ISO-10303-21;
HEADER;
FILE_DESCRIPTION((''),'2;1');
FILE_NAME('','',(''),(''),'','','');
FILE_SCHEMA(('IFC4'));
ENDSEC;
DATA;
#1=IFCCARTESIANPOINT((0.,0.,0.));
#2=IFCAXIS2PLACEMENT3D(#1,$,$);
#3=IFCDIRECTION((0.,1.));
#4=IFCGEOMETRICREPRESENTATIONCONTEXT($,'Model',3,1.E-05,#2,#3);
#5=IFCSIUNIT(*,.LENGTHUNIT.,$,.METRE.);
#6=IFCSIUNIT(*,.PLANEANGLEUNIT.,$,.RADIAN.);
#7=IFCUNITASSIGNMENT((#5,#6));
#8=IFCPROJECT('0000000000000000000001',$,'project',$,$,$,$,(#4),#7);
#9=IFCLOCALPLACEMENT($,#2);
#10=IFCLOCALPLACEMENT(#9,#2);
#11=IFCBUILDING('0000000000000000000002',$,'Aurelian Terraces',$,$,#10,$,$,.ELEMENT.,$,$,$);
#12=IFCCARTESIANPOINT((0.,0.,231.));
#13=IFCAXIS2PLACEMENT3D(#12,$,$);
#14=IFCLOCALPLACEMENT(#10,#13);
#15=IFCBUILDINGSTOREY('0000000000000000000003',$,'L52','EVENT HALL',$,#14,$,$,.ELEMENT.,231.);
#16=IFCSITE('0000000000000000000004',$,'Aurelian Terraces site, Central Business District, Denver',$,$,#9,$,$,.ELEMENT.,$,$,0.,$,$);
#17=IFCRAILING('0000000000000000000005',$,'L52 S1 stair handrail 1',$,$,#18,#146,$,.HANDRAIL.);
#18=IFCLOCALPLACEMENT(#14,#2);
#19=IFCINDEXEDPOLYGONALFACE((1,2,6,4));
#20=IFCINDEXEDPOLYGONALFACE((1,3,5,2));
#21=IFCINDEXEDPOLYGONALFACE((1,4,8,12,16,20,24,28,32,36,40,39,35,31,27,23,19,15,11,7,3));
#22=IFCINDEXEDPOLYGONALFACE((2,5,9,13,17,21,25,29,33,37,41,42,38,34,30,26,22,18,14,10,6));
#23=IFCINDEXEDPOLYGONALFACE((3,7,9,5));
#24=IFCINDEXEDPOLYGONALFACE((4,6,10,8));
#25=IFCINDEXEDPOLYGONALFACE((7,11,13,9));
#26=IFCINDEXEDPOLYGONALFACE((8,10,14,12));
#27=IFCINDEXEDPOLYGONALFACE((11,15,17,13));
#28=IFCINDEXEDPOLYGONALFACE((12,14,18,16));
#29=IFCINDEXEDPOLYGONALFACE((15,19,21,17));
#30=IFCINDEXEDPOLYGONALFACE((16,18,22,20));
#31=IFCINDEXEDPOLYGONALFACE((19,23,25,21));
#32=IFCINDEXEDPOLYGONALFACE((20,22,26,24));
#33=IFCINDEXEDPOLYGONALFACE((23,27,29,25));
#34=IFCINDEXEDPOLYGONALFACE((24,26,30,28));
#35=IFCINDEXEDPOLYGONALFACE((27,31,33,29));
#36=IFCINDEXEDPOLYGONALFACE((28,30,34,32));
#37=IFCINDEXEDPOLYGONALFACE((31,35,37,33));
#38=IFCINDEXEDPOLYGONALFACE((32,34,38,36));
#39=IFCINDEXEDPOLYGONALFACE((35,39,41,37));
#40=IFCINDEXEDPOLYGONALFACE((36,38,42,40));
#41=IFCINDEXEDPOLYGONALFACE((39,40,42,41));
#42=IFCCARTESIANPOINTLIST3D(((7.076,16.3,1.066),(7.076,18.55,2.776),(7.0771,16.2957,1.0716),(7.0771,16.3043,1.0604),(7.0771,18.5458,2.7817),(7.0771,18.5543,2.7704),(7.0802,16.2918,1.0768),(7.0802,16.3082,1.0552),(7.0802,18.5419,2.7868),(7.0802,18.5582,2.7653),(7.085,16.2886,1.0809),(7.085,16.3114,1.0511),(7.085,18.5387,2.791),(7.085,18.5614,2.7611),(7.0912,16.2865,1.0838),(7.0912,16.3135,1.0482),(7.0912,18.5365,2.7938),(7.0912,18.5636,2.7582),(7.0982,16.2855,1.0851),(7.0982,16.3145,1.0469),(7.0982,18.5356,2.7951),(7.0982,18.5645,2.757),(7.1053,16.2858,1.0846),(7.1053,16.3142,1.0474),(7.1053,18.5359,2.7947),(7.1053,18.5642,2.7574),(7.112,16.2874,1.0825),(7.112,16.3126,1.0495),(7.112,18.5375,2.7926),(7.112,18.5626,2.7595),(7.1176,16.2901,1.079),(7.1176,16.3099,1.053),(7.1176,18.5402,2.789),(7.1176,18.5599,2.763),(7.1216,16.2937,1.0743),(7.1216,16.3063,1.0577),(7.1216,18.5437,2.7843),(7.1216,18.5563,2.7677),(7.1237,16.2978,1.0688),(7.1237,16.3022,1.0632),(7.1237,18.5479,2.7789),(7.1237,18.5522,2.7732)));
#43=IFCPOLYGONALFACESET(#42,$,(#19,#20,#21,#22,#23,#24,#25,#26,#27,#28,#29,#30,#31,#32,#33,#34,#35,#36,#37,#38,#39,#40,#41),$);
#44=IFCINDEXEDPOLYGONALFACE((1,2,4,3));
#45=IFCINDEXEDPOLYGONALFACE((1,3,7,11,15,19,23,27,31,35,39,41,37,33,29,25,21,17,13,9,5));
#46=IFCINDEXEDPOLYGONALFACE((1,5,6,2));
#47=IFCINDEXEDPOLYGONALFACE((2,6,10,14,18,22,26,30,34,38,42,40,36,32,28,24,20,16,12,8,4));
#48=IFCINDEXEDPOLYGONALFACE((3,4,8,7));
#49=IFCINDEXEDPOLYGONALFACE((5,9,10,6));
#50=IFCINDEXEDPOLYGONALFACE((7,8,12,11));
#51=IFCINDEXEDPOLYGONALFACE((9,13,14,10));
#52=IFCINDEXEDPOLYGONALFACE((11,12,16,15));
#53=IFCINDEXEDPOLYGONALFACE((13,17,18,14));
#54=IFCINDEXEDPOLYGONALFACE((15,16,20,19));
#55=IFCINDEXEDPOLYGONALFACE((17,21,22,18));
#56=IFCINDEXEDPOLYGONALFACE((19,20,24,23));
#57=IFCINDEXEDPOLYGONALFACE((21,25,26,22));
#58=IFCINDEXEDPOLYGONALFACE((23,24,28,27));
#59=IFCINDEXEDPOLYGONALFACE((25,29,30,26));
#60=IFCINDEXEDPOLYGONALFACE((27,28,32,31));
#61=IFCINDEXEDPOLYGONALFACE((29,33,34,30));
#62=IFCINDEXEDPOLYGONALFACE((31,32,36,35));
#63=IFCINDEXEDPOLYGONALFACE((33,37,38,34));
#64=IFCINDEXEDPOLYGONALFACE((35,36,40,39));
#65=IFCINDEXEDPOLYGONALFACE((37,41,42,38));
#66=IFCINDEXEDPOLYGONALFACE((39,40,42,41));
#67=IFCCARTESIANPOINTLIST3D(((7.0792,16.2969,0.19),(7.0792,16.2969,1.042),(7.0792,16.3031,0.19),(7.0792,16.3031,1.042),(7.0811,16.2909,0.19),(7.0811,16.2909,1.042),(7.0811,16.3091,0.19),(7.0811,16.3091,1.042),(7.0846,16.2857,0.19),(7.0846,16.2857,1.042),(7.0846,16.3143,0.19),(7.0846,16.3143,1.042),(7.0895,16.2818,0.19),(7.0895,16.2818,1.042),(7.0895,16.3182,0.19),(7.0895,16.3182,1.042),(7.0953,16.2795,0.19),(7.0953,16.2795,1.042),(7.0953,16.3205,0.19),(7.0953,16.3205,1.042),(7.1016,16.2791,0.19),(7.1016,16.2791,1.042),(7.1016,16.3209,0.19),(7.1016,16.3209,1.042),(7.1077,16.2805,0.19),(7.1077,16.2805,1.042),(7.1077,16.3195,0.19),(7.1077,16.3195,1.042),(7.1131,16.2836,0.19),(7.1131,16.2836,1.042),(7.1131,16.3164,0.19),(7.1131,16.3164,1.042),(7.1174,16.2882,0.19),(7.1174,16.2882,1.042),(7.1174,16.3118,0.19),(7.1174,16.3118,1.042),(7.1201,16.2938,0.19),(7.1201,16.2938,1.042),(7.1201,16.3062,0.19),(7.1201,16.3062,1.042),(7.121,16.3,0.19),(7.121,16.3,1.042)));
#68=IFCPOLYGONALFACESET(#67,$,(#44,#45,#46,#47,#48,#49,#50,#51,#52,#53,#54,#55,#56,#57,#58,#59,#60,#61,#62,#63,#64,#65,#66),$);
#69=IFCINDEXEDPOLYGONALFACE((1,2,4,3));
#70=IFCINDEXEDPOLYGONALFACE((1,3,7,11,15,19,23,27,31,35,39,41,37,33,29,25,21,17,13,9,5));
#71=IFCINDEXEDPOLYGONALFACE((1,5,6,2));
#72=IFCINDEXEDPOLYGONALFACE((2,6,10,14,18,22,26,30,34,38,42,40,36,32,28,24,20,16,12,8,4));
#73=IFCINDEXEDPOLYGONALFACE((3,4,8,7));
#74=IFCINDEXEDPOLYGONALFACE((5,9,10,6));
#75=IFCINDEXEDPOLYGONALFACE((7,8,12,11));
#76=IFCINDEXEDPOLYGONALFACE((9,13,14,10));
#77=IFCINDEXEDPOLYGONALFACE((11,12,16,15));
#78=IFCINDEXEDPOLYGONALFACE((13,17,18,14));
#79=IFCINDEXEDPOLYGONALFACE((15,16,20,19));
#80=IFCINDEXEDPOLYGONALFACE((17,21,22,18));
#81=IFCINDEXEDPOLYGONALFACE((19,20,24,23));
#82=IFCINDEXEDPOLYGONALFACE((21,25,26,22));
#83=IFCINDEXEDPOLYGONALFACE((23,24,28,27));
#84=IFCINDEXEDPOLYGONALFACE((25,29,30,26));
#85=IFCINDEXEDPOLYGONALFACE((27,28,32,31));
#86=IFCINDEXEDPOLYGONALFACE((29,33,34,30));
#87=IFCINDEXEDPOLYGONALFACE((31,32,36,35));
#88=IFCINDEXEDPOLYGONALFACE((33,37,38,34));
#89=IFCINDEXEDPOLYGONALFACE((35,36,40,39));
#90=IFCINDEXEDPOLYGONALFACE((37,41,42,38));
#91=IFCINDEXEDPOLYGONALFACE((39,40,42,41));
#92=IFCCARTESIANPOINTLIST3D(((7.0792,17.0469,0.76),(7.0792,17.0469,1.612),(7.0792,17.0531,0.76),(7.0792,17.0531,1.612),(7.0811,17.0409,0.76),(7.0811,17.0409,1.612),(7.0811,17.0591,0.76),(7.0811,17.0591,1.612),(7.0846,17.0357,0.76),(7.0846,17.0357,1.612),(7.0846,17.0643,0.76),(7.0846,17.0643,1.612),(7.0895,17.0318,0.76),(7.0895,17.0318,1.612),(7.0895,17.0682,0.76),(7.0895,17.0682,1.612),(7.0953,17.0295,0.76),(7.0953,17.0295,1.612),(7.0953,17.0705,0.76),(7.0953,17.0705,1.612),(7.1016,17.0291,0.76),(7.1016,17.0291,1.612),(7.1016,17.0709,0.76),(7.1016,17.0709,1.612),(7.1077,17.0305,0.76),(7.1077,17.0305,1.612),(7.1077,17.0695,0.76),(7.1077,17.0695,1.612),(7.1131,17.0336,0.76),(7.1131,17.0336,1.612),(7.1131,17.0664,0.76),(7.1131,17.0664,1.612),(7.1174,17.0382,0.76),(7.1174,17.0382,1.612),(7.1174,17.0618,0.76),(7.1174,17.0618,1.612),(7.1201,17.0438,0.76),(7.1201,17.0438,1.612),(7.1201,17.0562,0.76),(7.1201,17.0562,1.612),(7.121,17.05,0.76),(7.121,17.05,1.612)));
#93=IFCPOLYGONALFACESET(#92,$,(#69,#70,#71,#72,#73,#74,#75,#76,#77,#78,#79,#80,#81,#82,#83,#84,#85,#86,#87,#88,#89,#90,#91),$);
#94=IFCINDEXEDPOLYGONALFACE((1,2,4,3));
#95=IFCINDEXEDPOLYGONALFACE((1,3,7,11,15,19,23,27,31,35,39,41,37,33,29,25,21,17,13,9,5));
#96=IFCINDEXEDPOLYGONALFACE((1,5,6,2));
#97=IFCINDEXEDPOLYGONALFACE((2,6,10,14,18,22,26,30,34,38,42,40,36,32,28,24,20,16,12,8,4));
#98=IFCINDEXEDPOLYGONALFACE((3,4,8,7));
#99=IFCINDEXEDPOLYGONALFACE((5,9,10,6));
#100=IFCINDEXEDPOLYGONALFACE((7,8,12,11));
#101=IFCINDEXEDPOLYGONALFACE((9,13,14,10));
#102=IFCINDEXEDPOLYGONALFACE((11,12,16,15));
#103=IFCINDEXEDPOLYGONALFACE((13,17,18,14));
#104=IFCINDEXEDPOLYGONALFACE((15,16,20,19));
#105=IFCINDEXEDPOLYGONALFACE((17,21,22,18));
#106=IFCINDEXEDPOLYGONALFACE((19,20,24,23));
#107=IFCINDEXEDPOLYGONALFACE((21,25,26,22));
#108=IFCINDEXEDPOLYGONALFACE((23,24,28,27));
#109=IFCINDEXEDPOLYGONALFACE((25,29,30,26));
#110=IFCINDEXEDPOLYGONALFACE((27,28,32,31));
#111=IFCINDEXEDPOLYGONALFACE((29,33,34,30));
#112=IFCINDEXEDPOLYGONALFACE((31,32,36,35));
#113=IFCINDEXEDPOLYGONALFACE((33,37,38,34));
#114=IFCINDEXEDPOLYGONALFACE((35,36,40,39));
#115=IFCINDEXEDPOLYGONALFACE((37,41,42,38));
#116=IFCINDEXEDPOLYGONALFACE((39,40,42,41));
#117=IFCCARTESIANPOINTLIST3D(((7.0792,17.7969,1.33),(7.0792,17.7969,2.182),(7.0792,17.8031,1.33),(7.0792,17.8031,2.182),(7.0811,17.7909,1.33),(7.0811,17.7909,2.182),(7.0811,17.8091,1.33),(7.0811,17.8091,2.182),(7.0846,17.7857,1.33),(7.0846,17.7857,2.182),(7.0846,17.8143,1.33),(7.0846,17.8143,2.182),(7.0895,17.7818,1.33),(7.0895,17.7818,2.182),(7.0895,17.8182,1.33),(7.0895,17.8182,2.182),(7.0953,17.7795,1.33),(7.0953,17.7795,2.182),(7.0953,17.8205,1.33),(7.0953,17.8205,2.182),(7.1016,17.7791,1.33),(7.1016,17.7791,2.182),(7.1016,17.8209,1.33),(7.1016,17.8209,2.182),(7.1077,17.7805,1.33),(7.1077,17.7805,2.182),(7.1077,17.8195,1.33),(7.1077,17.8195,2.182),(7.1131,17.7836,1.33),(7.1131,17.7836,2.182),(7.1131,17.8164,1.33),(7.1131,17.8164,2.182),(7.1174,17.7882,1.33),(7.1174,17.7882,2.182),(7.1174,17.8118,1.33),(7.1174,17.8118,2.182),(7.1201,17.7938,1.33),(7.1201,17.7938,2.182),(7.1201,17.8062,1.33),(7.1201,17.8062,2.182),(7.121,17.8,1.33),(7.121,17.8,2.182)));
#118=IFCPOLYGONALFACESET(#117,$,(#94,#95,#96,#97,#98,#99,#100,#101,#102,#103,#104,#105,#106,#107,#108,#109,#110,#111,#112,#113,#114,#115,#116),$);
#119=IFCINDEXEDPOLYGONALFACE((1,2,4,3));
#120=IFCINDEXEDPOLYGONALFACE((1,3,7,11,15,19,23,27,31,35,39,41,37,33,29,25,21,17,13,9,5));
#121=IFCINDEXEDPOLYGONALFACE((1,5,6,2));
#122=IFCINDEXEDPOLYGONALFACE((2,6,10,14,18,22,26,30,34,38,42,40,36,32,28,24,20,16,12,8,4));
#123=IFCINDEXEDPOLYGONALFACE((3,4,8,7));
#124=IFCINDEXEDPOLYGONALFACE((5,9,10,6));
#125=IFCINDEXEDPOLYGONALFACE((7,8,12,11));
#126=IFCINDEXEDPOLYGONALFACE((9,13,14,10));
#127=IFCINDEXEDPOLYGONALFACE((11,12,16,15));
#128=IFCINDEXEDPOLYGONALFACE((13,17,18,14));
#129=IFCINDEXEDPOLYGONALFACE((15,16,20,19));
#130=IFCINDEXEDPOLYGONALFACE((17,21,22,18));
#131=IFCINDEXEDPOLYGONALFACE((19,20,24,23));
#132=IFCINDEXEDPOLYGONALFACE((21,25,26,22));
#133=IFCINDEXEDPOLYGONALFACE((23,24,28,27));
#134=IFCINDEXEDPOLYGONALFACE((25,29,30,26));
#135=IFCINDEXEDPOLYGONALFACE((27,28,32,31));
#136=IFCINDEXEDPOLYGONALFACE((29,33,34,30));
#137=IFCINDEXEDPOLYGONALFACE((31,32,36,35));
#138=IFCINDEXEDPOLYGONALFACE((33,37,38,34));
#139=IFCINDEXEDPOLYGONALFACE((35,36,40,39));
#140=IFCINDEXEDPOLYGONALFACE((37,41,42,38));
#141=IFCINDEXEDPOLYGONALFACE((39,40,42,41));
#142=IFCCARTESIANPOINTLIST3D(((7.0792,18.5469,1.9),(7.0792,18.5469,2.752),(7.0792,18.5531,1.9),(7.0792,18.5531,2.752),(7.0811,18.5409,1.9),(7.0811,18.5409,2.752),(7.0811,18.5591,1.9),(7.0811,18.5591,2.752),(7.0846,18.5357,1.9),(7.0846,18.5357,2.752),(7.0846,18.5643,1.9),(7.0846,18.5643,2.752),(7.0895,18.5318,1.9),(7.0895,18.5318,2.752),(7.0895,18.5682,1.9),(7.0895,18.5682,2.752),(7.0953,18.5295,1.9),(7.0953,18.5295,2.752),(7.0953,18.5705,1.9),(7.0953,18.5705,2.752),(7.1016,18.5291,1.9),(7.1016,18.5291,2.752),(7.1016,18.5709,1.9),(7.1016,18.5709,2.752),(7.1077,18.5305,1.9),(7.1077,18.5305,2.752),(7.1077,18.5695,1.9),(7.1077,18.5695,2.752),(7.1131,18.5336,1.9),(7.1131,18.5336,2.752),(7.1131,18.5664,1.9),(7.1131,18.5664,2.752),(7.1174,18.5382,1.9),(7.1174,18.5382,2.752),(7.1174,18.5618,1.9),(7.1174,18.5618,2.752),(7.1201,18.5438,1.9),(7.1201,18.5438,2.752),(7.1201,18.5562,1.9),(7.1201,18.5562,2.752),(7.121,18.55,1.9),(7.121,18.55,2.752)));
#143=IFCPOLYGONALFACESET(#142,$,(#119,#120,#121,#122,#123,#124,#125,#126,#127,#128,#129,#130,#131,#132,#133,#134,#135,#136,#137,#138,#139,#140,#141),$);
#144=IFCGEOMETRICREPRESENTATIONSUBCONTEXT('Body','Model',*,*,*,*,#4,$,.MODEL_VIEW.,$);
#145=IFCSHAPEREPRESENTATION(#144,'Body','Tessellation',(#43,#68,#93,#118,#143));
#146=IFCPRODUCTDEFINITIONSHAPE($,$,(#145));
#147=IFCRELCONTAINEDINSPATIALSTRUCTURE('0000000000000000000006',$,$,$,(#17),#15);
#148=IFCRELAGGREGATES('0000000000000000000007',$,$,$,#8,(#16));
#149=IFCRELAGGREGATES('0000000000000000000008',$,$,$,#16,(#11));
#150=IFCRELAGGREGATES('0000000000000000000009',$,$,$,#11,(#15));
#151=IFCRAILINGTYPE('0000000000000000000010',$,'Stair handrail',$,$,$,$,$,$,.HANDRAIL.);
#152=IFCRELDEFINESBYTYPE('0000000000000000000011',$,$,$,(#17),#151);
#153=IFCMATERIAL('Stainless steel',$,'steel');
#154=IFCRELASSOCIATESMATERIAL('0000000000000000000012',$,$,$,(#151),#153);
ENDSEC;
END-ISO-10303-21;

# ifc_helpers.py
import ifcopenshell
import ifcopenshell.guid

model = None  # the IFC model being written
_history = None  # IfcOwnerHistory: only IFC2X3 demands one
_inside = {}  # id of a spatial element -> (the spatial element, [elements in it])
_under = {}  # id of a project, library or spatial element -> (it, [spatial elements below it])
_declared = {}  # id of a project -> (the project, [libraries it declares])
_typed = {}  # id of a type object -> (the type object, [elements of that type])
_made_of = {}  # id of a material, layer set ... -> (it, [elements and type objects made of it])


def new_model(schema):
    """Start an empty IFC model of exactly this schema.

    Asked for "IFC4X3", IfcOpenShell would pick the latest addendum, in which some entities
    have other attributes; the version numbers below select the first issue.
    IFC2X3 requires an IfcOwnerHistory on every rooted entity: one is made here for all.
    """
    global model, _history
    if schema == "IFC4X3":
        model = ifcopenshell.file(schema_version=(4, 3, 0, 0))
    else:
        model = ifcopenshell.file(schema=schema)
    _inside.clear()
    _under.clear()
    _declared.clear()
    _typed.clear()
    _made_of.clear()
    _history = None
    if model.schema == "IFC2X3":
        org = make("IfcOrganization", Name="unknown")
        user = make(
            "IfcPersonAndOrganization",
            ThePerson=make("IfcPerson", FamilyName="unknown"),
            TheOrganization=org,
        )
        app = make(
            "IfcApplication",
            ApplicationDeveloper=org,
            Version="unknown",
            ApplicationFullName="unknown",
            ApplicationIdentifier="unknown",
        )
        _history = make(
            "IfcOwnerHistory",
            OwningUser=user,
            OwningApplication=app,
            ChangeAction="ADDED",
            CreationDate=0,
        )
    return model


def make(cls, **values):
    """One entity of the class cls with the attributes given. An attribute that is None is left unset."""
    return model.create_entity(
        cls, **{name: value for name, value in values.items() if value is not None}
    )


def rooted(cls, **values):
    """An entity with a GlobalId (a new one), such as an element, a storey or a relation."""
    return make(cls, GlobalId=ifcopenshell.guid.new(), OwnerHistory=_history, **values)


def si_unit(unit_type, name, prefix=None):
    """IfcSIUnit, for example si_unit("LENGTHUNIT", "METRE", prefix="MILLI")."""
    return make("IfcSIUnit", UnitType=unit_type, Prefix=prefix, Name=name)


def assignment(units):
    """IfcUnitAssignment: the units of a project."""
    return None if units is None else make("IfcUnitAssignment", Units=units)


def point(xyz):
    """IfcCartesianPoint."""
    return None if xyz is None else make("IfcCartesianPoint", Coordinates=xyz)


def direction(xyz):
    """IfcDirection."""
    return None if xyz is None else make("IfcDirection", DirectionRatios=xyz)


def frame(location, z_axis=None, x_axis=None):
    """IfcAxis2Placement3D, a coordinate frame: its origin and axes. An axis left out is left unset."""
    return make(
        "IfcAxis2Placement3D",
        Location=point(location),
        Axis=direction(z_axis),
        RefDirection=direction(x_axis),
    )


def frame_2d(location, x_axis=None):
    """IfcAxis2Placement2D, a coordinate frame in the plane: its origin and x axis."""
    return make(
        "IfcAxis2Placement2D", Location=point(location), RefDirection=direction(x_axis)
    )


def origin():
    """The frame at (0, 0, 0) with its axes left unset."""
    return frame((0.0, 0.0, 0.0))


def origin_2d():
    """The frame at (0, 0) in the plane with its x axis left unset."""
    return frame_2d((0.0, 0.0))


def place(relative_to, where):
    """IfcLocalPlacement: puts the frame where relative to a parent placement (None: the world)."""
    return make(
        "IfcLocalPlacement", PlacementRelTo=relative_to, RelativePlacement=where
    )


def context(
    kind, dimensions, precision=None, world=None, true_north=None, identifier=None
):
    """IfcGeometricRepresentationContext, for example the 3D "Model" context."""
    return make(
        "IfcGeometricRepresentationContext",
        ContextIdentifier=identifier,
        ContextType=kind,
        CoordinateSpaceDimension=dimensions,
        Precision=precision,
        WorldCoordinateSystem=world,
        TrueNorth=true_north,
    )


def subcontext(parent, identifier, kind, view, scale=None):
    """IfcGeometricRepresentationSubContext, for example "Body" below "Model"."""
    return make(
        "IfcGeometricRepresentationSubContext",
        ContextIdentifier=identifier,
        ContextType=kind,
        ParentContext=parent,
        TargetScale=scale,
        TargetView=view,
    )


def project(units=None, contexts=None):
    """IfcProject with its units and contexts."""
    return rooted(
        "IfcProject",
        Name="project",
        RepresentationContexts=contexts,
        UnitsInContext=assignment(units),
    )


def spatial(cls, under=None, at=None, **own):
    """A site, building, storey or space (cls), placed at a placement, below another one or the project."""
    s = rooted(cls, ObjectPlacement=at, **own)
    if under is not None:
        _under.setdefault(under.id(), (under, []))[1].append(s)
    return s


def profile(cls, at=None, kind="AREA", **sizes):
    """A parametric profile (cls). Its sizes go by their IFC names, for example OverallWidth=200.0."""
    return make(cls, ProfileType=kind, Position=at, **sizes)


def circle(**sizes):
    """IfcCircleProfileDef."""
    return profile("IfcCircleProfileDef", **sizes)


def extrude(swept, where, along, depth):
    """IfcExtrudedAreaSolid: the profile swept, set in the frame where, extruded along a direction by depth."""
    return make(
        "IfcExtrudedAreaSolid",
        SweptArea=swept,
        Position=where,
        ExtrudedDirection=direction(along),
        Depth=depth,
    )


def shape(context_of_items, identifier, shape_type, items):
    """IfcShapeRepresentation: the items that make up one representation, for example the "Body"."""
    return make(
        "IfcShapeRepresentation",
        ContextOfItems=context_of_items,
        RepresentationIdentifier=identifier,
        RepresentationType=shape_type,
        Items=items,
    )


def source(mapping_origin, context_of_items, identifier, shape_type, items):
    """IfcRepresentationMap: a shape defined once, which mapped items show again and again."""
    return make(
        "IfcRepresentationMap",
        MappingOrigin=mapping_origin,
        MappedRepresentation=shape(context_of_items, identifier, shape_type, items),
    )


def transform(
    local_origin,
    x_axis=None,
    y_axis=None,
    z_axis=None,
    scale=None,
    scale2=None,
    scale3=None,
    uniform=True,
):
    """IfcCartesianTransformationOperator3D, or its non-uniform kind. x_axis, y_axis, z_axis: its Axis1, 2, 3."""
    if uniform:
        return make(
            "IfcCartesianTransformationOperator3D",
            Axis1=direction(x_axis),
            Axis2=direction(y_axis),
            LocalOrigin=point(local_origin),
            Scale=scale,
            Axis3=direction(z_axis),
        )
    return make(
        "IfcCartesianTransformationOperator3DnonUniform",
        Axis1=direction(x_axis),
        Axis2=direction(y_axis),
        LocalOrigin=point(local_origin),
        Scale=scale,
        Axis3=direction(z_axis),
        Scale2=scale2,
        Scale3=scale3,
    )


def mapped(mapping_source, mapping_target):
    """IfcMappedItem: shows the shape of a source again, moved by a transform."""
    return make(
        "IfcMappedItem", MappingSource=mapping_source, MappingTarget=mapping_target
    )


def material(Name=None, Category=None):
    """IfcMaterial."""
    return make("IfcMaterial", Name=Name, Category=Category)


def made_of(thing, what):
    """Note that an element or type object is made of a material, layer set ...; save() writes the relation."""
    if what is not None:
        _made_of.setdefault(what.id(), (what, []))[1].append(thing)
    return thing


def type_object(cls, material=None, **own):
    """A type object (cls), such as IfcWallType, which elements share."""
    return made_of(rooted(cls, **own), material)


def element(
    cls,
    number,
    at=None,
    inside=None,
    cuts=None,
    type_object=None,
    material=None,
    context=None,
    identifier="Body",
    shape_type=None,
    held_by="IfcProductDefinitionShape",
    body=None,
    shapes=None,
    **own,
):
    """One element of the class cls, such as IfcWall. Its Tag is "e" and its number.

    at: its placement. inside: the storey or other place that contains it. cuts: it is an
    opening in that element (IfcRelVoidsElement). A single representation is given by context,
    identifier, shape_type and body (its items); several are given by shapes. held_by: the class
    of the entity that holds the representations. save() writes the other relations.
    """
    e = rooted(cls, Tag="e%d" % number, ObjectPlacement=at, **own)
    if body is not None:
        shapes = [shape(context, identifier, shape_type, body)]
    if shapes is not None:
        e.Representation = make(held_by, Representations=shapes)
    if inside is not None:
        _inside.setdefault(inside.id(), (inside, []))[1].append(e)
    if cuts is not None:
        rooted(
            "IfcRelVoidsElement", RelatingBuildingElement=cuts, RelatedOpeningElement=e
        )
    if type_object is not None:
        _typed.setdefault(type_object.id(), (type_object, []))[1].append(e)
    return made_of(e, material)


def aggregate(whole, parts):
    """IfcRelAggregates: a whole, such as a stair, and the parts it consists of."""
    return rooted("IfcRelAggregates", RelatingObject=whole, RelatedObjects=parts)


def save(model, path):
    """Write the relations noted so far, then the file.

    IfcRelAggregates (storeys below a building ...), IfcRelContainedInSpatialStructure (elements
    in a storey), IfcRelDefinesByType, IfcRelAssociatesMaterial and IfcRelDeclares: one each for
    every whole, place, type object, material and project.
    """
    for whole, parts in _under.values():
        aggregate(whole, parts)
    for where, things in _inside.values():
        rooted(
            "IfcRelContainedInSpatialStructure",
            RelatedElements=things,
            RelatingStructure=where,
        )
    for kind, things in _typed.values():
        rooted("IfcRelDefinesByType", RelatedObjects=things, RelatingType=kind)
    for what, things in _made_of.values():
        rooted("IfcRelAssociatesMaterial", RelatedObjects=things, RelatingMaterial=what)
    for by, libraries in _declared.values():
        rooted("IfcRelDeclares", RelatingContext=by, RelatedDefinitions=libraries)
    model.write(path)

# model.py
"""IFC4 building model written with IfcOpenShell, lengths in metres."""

from ifc_helpers import new_model, si_unit, direction, frame, origin, origin_2d, place, context, subcontext, project, spatial, circle, extrude, source, transform, mapped, material, type_object, element, save


model = new_model("IFC4")

# Units and contexts
model_context = context("Model", 3, precision=1e-05, world=origin(), true_north=direction((0.0, 1.0)))
body_context = subcontext(model_context, "Body", "Model", "MODEL_VIEW")
ifc_project = project(units=[si_unit("LENGTHUNIT", "METRE"), si_unit("PLANEANGLEUNIT", "RADIAN")], contexts=[model_context])

# Site, building, storey
site_placement = place(None, origin())
site = spatial("IfcSite", under=ifc_project, at=site_placement, Name="Aurelian Terraces site, Central Business District, Denver", CompositionType="ELEMENT", RefElevation=0.0)
building_placement = place(site_placement, origin())
building = spatial("IfcBuilding", under=site, at=building_placement, Name="Aurelian Terraces", CompositionType="ELEMENT")
storey_placement = place(building_placement, frame((0.0, 0.0, 231.0)))
storey = spatial("IfcBuildingStorey", under=building, at=storey_placement, Name="L52", Description="EVENT HALL", CompositionType="ELEMENT", Elevation=231.0)

# Railing
ifc_material_1 = material(Name="Stainless steel", Category="steel")
railing_type_1 = type_object("IfcRailingType", Name="Stair handrail", PredefinedType="HANDRAIL", material=ifc_material_1)
shared_shape_1 = source(origin(), body_context, "Body", "SweptSolid", [
    extrude(circle(Radius=0.024, at=origin_2d()), frame((0.0, 0.0, 0.876), z_axis=(0.0, 0.796162, 0.605083), x_axis=(-1.0, 0.0, 0.0)), (0.0, 0.0, 1.0), 2.8261),
    extrude(circle(Radius=0.021, at=origin_2d()), origin(), (0.0, 0.0, 1.0), 0.852),
    extrude(circle(Radius=0.021, at=origin_2d()), frame((0.0, 0.75, 0.57)), (0.0, 0.0, 1.0), 0.852),
    extrude(circle(Radius=0.021, at=origin_2d()), frame((0.0, 1.5, 1.14)), (0.0, 0.0, 1.0), 0.852),
    extrude(circle(Radius=0.021, at=origin_2d()), frame((0.0, 2.25, 1.71)), (0.0, 0.0, 1.0), 0.852),
])
railing_1_placement = place(storey_placement, frame((7.1, 16.3, 0.19)))
element("IfcRailing", 1, at=railing_1_placement, inside=storey, type_object=railing_type_1, Name="L52 S1 stair handrail 1", PredefinedType="HANDRAIL", context=body_context, shape_type="MappedRepresentation", body=[
    mapped(shared_shape_1, transform((0.0, 0.0, 0.0), scale=1.0)),
])

save(model, "model.ifc")
